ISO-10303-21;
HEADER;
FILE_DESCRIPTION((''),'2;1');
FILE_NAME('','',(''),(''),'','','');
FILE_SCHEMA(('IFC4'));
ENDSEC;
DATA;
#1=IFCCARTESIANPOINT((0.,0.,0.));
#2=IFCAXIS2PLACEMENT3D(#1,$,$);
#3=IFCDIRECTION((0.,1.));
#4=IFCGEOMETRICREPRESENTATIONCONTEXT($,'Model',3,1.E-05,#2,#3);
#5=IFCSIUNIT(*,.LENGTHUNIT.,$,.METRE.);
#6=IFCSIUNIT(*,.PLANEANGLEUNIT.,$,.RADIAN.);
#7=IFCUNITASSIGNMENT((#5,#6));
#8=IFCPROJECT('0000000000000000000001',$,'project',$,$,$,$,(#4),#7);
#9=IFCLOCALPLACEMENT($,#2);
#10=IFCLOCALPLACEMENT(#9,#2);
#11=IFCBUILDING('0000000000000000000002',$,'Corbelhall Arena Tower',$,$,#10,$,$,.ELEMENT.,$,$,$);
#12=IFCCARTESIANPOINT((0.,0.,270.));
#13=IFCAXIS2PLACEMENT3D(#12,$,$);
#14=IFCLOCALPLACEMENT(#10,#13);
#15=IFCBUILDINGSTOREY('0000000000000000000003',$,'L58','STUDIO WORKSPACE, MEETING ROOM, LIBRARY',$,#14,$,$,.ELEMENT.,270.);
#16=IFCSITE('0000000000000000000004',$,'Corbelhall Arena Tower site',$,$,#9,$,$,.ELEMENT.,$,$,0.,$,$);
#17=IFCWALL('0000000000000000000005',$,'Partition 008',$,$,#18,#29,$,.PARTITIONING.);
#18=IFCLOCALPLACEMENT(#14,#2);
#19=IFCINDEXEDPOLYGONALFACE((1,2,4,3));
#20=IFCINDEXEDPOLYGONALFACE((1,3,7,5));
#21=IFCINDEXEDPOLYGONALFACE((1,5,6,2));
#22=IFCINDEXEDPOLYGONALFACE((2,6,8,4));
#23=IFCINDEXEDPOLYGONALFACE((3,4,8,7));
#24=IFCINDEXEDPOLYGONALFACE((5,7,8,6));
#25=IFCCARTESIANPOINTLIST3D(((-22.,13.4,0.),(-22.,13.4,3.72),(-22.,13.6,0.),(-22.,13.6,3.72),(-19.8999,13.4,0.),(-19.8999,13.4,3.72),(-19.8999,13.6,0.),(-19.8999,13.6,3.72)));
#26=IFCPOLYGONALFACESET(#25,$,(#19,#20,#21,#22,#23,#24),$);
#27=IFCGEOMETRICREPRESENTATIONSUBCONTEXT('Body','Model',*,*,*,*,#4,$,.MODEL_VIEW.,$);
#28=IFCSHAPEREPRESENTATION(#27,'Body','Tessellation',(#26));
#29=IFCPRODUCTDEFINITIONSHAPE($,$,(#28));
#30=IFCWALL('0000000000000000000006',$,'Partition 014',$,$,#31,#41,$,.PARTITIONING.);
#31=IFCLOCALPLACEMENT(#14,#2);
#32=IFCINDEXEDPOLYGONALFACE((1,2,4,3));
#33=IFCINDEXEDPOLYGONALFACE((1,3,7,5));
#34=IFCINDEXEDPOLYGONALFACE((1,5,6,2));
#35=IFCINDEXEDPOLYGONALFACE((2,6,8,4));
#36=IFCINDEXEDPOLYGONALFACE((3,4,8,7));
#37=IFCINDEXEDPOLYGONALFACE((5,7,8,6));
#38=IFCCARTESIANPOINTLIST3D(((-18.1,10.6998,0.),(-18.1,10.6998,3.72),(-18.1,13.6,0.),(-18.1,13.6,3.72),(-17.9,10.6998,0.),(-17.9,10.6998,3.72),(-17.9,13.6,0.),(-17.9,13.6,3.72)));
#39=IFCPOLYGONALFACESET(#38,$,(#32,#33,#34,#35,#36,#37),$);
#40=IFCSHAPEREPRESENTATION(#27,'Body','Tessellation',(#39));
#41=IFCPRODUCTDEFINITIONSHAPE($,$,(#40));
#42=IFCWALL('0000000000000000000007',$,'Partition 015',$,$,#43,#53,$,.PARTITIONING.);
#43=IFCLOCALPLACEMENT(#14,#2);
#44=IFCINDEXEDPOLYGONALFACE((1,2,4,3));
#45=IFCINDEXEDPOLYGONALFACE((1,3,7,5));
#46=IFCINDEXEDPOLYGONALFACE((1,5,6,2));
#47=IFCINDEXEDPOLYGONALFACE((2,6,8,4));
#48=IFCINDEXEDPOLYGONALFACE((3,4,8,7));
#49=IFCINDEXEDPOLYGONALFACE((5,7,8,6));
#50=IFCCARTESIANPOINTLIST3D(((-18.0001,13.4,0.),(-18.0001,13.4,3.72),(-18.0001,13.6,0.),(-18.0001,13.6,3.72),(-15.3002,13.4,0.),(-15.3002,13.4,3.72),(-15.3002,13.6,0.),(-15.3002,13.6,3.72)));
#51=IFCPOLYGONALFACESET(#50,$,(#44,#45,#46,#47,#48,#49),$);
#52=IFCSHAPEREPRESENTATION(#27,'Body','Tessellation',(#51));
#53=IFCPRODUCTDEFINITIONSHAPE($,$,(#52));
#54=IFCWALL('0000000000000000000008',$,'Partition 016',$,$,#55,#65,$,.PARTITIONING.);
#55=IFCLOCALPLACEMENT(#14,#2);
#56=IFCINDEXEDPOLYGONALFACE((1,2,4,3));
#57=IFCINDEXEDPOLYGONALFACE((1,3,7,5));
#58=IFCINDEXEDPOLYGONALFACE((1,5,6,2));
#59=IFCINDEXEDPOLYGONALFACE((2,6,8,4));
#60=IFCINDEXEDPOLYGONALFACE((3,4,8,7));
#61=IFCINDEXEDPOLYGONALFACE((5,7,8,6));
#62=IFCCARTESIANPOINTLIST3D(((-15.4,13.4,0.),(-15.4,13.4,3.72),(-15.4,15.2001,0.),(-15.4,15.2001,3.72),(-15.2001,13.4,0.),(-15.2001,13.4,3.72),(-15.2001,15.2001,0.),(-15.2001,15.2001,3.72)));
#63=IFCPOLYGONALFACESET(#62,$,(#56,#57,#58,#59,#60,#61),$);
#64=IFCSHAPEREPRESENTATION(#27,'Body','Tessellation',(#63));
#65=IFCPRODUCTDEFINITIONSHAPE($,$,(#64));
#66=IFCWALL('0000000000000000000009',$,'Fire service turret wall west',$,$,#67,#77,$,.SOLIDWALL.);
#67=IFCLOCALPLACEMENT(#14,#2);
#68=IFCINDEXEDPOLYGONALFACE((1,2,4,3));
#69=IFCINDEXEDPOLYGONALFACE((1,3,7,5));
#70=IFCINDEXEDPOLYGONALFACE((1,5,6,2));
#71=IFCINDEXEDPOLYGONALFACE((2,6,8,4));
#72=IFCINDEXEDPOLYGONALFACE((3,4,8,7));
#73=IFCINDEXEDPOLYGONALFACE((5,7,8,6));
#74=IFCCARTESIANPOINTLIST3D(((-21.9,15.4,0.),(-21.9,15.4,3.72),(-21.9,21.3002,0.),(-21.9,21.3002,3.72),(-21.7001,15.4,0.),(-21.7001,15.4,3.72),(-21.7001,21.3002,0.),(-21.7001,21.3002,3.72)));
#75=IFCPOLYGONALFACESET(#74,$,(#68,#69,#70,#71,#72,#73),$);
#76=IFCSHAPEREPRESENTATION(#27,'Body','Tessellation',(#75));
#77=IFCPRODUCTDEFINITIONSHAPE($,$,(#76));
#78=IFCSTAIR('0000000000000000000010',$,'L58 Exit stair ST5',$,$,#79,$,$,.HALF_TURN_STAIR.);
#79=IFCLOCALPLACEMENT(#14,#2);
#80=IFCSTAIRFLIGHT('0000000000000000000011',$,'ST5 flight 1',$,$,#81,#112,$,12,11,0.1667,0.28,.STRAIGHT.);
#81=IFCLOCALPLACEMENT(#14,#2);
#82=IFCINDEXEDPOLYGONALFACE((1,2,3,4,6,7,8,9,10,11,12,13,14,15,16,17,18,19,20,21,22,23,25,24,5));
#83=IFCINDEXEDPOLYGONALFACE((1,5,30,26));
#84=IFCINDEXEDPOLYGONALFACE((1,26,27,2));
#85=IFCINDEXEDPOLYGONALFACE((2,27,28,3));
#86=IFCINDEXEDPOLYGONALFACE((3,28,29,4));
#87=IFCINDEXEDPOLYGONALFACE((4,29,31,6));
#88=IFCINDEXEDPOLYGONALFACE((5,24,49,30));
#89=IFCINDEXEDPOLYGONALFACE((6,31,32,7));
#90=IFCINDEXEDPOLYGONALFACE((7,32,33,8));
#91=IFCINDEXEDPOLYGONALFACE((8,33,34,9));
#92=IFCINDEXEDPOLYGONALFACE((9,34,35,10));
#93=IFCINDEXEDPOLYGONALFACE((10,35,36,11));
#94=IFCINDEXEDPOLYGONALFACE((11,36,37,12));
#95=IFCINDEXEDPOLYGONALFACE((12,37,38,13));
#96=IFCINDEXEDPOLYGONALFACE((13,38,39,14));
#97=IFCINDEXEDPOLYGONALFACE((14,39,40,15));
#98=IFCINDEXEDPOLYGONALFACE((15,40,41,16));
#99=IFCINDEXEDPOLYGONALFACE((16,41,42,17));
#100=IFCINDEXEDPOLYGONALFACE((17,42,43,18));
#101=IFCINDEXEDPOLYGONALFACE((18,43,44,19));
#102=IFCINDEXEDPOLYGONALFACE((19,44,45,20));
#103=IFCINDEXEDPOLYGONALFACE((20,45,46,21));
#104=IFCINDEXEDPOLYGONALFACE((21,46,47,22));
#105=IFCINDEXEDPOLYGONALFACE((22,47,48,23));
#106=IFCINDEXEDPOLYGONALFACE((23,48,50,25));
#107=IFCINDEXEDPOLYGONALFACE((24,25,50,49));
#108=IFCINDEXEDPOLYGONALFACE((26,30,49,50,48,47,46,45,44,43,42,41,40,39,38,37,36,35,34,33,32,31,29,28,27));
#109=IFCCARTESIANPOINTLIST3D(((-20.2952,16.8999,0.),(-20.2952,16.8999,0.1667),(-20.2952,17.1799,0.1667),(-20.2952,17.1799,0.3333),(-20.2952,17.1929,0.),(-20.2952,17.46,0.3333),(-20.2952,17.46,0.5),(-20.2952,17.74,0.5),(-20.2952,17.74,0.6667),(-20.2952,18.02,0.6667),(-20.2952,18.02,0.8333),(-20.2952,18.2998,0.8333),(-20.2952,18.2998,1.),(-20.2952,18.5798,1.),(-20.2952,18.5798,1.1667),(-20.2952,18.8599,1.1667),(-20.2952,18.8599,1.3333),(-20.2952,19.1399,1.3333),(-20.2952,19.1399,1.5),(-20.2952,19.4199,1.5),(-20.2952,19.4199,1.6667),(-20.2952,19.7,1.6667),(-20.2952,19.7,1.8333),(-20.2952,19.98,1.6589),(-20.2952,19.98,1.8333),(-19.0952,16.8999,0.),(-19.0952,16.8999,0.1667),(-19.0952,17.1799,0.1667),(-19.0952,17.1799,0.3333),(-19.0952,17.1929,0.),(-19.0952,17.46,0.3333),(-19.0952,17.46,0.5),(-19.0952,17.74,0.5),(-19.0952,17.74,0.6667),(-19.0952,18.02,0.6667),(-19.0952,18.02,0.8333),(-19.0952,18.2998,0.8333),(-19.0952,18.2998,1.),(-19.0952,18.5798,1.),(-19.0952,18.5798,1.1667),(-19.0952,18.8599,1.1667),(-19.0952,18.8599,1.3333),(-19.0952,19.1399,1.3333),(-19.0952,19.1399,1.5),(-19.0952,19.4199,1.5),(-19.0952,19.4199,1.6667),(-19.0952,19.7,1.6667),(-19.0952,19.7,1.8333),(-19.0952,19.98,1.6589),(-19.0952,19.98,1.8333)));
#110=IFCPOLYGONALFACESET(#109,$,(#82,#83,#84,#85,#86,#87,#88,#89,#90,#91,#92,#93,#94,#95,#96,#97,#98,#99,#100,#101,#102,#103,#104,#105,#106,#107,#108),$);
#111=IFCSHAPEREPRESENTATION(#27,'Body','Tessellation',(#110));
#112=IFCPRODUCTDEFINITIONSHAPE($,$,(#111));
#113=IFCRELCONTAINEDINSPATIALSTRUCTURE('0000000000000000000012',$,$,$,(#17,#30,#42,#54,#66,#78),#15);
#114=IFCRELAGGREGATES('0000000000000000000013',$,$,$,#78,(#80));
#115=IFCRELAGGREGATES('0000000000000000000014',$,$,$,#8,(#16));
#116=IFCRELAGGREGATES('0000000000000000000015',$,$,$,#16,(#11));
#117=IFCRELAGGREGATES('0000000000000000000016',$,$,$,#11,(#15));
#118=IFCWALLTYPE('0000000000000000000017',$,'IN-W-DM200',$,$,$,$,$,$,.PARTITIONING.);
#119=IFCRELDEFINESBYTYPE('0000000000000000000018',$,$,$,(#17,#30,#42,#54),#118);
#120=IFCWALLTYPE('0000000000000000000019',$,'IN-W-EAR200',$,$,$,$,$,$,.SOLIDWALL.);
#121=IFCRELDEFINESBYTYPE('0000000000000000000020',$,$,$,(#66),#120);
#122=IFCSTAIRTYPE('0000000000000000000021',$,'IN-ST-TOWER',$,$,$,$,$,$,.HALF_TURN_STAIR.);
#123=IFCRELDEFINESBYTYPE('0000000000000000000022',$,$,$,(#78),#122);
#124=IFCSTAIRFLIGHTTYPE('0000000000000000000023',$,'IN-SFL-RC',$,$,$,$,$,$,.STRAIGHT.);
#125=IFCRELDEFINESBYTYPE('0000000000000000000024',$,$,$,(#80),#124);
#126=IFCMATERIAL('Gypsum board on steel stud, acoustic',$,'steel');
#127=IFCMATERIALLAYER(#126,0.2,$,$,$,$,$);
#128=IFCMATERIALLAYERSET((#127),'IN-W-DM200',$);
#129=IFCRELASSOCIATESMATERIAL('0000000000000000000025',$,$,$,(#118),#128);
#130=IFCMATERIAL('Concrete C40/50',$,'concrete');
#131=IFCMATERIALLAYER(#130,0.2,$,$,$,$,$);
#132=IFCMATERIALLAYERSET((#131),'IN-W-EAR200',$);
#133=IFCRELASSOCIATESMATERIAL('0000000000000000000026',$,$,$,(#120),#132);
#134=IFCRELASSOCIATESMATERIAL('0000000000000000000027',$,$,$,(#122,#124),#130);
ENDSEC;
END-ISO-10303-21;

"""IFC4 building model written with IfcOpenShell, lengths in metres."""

from ifc_helpers import new_model, si_unit, direction, frame, frame_2d, origin, place, context, subcontext, project, spatial, polyline, rectangle, outline, extrude, material, layer, layer_set, type_object, element, aggregate, save


model = new_model("IFC4")

# Units and contexts
model_context = context("Model", 3, precision=1e-05, world=origin(), true_north=direction((0.0, 1.0)))
body_context = subcontext(model_context, "Body", "Model", "MODEL_VIEW")
ifc_project = project(units=[si_unit("LENGTHUNIT", "METRE"), si_unit("PLANEANGLEUNIT", "RADIAN")], contexts=[model_context])

# Site, building, storey
site_placement = place(None, origin())
site = spatial("IfcSite", under=ifc_project, at=site_placement, Name="Corbelhall Arena Tower site", CompositionType="ELEMENT", RefElevation=0.0)
building_placement = place(site_placement, origin())
building = spatial("IfcBuilding", under=site, at=building_placement, Name="Corbelhall Arena Tower", CompositionType="ELEMENT")
storey_placement = place(building_placement, frame((0.0, 0.0, 270.0)))
storey = spatial("IfcBuildingStorey", under=building, at=storey_placement, Name="L58", Description="STUDIO WORKSPACE, MEETING ROOM, LIBRARY", CompositionType="ELEMENT", Elevation=270.0)

# Wall
ifc_material_1 = material(Name="Gypsum board on steel stud, acoustic", Category="steel")
ifc_layer_1 = layer(ifc_material_1, 0.2)
ifc_layer_set_1 = layer_set([ifc_layer_1], Name="IN-W-DM200")
wall_type_1 = type_object("IfcWallType", Name="IN-W-DM200", PredefinedType="PARTITIONING", material=ifc_layer_set_1)
wall_1_placement = place(storey_placement, frame((-19.8999, 13.5, 0.0), z_axis=(0.0, 0.0, 1.0), x_axis=(-1.0, 0.0, 0.0)))
element("IfcWall", 1, at=wall_1_placement, inside=storey, type_object=wall_type_1, Name="Partition 008", PredefinedType="PARTITIONING", context=body_context, shape_type="SweptSolid", body=[
    extrude(rectangle(XDim=2.1001, YDim=0.2, at=frame_2d((1.05, 0.0))), origin(), (0.0, 0.0, 1.0), 3.72),
])

# Walls
wall_2_placement = place(storey_placement, frame((-18.0, 13.6001, 0.0), z_axis=(0.0, 0.0, 1.0), x_axis=(0.0, -1.0, 0.0)))
element("IfcWall", 2, at=wall_2_placement, inside=storey, type_object=wall_type_1, Name="Partition 014", PredefinedType="PARTITIONING", context=body_context, shape_type="SweptSolid", body=[
    extrude(rectangle(XDim=2.9001, YDim=0.2, at=frame_2d((1.4502, 0.0))), origin(), (0.0, 0.0, 1.0), 3.72),
])
wall_3_placement = place(storey_placement, frame((-15.3, 13.5, 0.0), z_axis=(0.0, 0.0, 1.0), x_axis=(-1.0, 0.0, 0.0)))
element("IfcWall", 3, at=wall_3_placement, inside=storey, type_object=wall_type_1, Name="Partition 015", PredefinedType="PARTITIONING", context=body_context, shape_type="SweptSolid", body=[
    extrude(rectangle(XDim=2.7, YDim=0.2, at=frame_2d((1.3501, 0.0))), origin(), (0.0, 0.0, 1.0), 3.72),
])
wall_4_placement = place(storey_placement, frame((-15.3, 15.2, 0.0), z_axis=(0.0, 0.0, 1.0), x_axis=(0.0, -1.0, 0.0)))
element("IfcWall", 4, at=wall_4_placement, inside=storey, type_object=wall_type_1, Name="Partition 016", PredefinedType="PARTITIONING", context=body_context, shape_type="SweptSolid", body=[
    extrude(rectangle(XDim=1.8, YDim=0.2, at=frame_2d((0.8999, 0.0))), origin(), (0.0, 0.0, 1.0), 3.72),
])
ifc_material_2 = material(Name="Concrete C40/50", Category="concrete")
ifc_layer_2 = layer(ifc_material_2, 0.2)
ifc_layer_set_2 = layer_set([ifc_layer_2], Name="IN-W-EAR200")
wall_type_2 = type_object("IfcWallType", Name="IN-W-EAR200", PredefinedType="SOLIDWALL", material=ifc_layer_set_2)
wall_5_placement = place(storey_placement, frame((-21.8, 15.3999, 0.0), z_axis=(0.0, 0.0, 1.0), x_axis=(0.0, 1.0, 0.0)))
element("IfcWall", 5, at=wall_5_placement, inside=storey, type_object=wall_type_2, Name="Fire service turret wall west", PredefinedType="SOLIDWALL", context=body_context, shape_type="SweptSolid", body=[
    extrude(rectangle(XDim=5.9001, YDim=0.2, at=frame_2d((2.9502, 0.0))), origin(), (0.0, 0.0, 1.0), 3.72),
])

# Stair, stair flight
stair_type = type_object("IfcStairType", Name="IN-ST-TOWER", PredefinedType="HALF_TURN_STAIR", material=ifc_material_2)
stair_placement = place(storey_placement, origin())
stair = element("IfcStair", 6, at=stair_placement, inside=storey, type_object=stair_type, Name="L58 Exit stair ST5", PredefinedType="HALF_TURN_STAIR")
stair_flight_type = type_object("IfcStairFlightType", Name="IN-SFL-RC", PredefinedType="STRAIGHT", material=ifc_material_2)
stair_flight_placement = place(storey_placement, frame((-19.6951, 16.8999, 0.0), z_axis=(0.0, 0.0, 1.0), x_axis=(0.0, 1.0, 0.0)))
stair_flight = element("IfcStairFlight", 7, at=stair_flight_placement, type_object=stair_flight_type, Name="ST5 flight 1", NumberOfRisers=12, NumberOfTreads=11, PredefinedType="STRAIGHT", RiserHeight=0.1667, TreadLength=0.28, context=body_context, shape_type="SweptSolid", body=[
    extrude(outline(polyline([(0.0, 0.0), (0.0, 0.1667), (0.28, 0.1667), (0.28, 0.3333), (0.5601, 0.3333), (0.5601, 0.5), (0.8401, 0.5), (0.8401, 0.6667), (1.1201, 0.6667), (1.1201, 0.8333), (1.3999, 0.8333), (1.3999, 1.0), (1.6799, 1.0), (1.6799, 1.1667), (1.96, 1.1667), (1.96, 1.3333), (2.24, 1.3333), (2.24, 1.5), (2.52, 1.5), (2.52, 1.6667), (2.8, 1.6667), (2.8, 1.8333), (3.0801, 1.8333), (3.0801, 2.0), (3.0801, 1.6589), (0.293, 0.0), (0.0, 0.0)])), frame((0.0, 0.6001, 0.0), z_axis=(0.0, -1.0, 0.0), x_axis=(1.0, 0.0, 0.0)), (0.0, 0.0, 1.0), 1.2),
])
aggregate(stair, [stair_flight])

save(model, "model.ifc")
